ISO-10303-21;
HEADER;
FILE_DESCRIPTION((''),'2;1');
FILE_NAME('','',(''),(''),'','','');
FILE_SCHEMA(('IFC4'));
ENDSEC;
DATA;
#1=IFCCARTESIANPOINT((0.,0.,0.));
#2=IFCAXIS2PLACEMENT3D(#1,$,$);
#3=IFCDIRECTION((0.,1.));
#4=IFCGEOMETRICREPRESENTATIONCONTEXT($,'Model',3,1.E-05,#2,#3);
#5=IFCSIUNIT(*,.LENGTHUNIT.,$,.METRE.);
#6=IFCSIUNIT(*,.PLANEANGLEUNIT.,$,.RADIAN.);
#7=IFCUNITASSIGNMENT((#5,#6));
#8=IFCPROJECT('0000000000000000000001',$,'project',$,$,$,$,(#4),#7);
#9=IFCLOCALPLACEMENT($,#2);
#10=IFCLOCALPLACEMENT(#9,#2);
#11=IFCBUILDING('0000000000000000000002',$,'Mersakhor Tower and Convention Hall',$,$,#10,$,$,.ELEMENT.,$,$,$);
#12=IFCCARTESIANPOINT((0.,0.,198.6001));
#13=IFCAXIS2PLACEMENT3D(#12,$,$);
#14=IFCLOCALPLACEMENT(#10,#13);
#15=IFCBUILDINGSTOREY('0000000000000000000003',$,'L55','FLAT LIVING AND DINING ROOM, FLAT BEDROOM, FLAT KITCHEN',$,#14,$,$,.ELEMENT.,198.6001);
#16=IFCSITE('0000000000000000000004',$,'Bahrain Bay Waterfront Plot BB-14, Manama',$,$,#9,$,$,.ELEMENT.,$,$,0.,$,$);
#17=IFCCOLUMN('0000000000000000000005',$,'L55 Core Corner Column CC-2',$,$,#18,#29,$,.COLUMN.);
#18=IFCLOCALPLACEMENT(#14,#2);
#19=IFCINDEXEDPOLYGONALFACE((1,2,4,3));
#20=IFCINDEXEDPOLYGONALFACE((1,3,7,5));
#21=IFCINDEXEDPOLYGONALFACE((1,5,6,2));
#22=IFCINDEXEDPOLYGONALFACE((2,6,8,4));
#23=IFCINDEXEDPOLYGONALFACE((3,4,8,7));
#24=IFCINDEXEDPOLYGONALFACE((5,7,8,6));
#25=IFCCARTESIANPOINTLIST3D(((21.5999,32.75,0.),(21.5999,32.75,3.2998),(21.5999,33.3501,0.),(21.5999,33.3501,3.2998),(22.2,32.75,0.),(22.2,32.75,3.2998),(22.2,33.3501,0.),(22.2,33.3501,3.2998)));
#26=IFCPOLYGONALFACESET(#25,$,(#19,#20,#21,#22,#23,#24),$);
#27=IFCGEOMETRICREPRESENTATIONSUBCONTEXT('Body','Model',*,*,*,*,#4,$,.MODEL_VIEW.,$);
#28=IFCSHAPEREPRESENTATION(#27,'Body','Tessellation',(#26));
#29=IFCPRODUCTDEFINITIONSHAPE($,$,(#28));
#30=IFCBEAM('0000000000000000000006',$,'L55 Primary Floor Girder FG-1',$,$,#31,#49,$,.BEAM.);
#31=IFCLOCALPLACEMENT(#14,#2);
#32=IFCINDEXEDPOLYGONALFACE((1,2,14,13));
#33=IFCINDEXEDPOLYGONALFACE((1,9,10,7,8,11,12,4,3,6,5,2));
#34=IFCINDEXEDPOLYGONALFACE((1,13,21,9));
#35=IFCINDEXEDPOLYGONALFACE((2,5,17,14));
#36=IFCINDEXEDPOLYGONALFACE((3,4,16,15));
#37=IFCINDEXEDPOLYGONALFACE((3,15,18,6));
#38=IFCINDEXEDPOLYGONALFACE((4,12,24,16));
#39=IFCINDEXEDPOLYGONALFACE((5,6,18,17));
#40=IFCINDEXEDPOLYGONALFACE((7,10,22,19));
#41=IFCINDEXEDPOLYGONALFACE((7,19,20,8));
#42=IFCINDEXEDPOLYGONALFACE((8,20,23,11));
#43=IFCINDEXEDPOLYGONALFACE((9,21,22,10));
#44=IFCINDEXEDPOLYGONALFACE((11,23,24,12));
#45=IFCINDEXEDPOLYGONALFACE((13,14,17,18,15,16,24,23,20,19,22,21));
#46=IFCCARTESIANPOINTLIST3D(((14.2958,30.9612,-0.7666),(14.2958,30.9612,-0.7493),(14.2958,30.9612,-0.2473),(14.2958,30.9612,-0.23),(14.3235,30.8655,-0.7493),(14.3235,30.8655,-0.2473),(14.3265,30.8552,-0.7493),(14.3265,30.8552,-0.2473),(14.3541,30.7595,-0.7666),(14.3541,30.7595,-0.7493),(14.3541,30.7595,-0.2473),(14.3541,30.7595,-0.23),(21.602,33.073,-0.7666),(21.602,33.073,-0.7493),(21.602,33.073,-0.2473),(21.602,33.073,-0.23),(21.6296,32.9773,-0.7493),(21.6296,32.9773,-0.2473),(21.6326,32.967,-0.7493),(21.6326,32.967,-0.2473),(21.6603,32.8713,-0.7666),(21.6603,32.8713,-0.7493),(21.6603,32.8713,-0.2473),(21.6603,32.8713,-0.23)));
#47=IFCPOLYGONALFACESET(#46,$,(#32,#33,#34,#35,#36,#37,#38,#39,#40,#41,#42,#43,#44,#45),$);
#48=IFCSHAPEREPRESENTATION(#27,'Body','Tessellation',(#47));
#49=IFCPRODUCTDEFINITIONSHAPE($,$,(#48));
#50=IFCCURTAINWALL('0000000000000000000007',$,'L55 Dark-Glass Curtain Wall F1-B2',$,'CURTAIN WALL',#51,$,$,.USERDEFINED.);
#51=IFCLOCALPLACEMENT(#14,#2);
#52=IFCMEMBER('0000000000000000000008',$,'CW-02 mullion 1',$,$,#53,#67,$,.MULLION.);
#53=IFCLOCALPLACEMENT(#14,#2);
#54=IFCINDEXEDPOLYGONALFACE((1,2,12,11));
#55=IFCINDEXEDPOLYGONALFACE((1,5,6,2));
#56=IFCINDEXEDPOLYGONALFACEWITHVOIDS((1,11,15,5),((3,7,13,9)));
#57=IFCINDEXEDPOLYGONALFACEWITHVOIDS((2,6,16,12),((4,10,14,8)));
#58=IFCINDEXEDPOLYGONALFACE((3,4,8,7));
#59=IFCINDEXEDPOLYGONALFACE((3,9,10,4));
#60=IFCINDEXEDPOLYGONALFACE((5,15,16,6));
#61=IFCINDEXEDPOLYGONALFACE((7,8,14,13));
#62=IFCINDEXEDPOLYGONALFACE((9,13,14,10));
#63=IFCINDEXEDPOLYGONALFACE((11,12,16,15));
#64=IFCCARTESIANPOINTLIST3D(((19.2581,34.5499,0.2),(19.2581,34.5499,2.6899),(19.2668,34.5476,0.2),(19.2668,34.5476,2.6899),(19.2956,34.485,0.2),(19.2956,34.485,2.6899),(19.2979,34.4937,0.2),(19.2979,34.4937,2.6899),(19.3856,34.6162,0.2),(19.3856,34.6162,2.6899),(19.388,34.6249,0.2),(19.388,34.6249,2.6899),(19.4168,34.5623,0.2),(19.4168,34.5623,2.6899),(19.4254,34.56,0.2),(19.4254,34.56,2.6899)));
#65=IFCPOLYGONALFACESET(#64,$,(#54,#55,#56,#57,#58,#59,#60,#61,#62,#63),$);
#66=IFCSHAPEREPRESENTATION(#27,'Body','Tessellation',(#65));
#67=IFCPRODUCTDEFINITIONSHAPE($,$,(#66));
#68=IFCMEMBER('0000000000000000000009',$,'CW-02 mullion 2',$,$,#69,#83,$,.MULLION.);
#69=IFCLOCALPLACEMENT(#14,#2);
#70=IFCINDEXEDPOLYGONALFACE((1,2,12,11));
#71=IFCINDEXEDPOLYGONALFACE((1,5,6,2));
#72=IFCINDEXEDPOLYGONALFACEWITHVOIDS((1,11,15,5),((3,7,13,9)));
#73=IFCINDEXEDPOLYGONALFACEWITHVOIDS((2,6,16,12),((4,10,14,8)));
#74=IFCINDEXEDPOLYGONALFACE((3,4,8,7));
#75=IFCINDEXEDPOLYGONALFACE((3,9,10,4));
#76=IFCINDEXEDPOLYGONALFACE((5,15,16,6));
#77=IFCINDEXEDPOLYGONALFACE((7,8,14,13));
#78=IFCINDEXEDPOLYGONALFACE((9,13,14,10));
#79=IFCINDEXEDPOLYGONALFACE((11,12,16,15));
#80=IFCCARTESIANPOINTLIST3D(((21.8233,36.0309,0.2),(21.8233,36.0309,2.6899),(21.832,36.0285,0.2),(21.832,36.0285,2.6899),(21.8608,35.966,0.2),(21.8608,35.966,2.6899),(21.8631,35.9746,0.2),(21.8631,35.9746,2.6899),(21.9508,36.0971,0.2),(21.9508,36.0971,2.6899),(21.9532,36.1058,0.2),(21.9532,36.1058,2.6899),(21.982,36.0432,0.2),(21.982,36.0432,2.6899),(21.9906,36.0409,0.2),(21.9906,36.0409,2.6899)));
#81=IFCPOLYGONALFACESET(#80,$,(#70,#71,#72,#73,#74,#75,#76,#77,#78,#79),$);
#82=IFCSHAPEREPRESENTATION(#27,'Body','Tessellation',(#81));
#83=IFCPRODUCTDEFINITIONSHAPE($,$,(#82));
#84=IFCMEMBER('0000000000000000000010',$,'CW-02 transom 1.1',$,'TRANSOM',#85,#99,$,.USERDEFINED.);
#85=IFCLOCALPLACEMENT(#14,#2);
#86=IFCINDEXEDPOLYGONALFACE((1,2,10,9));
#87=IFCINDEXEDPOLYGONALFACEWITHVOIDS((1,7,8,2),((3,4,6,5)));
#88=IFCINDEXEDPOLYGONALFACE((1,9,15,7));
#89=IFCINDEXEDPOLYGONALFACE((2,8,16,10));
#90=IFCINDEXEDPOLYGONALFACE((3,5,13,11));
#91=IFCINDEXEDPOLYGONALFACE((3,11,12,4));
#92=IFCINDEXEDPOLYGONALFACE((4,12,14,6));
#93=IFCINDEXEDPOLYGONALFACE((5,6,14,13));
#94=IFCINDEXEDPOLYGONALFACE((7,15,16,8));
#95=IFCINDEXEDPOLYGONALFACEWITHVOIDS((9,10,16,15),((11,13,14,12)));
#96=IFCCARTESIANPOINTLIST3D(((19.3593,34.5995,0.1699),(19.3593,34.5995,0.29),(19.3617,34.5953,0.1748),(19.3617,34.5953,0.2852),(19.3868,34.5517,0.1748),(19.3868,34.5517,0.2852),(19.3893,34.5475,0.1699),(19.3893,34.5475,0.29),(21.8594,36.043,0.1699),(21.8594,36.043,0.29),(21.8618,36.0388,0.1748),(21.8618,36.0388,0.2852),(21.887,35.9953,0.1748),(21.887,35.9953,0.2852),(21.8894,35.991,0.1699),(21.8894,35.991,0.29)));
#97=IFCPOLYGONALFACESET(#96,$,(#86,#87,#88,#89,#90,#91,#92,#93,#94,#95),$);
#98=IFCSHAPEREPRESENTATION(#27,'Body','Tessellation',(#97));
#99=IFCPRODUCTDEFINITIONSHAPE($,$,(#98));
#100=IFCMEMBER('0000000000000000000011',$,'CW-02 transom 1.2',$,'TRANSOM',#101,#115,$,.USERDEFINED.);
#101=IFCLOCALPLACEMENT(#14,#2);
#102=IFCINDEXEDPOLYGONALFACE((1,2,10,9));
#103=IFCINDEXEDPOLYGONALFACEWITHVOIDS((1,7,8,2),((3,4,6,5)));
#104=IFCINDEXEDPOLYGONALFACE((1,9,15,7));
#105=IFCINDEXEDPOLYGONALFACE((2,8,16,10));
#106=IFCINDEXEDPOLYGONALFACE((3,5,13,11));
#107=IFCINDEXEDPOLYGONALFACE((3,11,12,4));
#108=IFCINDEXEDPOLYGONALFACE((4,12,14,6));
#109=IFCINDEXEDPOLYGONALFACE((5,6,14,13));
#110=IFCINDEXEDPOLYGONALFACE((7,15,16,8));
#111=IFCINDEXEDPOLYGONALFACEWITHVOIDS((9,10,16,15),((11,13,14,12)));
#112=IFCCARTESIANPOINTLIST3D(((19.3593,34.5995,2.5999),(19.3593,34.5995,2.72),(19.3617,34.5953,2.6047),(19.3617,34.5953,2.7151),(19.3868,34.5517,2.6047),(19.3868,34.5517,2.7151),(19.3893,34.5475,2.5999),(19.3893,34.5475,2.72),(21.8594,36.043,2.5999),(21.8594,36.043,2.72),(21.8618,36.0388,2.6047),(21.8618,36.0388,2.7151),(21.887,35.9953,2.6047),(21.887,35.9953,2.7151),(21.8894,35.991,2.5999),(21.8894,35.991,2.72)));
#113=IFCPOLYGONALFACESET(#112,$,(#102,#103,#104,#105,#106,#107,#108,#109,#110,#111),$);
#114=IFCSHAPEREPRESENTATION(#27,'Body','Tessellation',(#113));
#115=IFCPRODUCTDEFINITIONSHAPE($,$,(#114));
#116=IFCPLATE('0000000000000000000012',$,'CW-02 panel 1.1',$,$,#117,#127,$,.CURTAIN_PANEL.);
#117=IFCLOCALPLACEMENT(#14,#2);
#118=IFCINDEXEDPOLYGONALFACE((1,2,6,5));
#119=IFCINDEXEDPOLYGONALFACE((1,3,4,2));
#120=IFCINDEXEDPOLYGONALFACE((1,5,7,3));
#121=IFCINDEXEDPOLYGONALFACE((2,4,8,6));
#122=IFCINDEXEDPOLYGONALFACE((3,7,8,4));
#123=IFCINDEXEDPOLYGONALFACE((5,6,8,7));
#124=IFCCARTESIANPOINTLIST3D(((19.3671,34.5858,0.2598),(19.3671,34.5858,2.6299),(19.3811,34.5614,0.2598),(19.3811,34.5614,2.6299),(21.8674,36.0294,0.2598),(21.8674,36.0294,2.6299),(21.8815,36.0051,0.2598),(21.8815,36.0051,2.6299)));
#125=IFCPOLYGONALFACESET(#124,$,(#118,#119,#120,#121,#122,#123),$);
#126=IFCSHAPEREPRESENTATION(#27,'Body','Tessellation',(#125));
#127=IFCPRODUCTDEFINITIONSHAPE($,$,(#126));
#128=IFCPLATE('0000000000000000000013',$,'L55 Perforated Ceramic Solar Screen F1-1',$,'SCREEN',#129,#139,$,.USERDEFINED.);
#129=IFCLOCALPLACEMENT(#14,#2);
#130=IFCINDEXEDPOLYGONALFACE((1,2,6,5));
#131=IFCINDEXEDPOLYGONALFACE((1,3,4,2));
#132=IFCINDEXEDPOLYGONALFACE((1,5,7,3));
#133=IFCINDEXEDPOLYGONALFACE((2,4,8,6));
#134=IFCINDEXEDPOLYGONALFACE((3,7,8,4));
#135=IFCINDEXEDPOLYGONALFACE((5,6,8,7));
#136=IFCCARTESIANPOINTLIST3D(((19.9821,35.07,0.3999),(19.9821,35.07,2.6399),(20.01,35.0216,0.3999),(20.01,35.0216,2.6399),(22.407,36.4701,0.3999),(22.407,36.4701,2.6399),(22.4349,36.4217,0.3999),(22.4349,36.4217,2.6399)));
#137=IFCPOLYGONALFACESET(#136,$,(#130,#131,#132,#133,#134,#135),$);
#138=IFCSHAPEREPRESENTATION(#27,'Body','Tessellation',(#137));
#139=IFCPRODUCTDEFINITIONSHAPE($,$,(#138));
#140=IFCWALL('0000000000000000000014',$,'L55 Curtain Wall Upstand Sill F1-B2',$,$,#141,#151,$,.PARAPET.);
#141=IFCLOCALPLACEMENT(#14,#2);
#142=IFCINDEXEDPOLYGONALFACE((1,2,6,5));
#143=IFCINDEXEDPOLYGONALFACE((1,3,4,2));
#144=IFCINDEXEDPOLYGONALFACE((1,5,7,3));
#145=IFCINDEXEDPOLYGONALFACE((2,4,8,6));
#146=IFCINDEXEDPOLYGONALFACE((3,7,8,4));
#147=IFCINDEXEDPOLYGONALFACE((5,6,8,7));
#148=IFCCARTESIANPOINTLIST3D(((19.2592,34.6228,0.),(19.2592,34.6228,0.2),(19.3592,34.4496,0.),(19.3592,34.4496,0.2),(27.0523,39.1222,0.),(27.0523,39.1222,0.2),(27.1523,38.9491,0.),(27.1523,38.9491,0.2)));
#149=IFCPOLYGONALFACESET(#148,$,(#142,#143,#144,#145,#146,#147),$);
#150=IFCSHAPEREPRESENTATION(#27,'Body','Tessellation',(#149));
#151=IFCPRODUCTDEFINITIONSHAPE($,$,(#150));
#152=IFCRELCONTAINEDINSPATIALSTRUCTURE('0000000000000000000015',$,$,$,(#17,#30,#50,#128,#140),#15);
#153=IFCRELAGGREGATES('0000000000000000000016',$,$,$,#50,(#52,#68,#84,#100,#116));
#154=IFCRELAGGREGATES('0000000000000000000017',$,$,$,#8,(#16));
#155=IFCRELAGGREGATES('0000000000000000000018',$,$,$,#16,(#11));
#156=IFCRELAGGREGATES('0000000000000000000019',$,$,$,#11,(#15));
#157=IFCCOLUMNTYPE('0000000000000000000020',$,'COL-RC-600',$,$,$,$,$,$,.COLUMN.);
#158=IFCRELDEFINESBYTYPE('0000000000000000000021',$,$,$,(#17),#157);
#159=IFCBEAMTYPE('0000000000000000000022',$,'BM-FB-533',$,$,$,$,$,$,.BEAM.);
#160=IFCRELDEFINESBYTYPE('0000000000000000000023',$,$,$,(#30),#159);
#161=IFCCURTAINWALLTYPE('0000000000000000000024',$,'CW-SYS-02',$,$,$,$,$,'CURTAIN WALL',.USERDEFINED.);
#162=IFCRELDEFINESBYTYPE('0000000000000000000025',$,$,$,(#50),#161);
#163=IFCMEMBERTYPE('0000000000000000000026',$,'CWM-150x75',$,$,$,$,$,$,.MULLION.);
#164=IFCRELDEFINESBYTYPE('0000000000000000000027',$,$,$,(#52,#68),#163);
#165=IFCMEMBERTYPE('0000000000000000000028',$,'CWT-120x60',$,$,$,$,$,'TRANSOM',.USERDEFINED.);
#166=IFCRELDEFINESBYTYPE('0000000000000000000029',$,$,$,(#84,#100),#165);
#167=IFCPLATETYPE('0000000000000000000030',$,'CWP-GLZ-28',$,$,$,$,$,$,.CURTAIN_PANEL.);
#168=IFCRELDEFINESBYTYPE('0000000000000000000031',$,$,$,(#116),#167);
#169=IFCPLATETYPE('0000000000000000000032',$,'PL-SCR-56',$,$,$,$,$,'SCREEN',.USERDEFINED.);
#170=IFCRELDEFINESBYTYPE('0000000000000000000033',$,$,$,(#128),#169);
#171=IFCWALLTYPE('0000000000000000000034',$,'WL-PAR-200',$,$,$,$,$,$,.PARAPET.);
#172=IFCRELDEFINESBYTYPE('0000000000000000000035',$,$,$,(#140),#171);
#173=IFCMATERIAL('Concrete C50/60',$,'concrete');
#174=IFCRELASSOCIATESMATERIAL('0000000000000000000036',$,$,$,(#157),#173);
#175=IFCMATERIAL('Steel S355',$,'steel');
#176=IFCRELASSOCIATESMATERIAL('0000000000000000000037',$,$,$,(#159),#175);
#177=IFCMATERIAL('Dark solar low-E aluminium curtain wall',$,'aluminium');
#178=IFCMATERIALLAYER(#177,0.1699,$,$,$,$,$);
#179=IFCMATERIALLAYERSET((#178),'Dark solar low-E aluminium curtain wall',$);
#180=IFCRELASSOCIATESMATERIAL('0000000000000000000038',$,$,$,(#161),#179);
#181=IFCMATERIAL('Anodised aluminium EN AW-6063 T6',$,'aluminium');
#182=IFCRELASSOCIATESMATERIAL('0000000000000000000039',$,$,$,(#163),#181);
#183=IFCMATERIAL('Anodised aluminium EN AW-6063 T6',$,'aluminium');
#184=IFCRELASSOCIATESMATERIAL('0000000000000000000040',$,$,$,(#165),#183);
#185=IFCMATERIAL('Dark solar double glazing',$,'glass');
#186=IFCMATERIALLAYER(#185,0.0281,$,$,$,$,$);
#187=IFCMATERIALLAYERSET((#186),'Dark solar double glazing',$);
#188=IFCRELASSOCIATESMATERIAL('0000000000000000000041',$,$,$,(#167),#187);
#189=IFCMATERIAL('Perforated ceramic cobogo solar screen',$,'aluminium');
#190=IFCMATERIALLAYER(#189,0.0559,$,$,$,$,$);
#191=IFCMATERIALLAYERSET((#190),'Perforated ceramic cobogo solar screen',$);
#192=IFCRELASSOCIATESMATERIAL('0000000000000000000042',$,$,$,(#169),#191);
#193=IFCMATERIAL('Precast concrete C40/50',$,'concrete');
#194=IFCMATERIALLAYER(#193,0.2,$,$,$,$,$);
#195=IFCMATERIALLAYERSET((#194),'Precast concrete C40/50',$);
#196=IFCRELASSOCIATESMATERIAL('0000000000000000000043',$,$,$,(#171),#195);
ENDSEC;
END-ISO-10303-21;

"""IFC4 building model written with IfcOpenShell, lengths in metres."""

from ifc_helpers import new_model, si_unit, direction, frame, frame_2d, origin, origin_2d, place, context, subcontext, project, spatial, rectangle, hollow_rectangle, i_section, extrude, material, layer, layer_set, material_profile, profile_set, type_object, element, aggregate, save


model = new_model("IFC4")

# Units and contexts
model_context = context("Model", 3, precision=1e-05, world=origin(), true_north=direction((0.0, 1.0)))
body_context = subcontext(model_context, "Body", "Model", "MODEL_VIEW")
ifc_project = project(units=[si_unit("LENGTHUNIT", "METRE"), si_unit("PLANEANGLEUNIT", "RADIAN")], contexts=[model_context])

# Site, building, storey
site_placement = place(None, origin())
site = spatial("IfcSite", under=ifc_project, at=site_placement, Name="Bahrain Bay Waterfront Plot BB-14, Manama", CompositionType="ELEMENT", RefElevation=0.0)
building_placement = place(site_placement, origin())
building = spatial("IfcBuilding", under=site, at=building_placement, Name="Mersakhor Tower and Convention Hall", CompositionType="ELEMENT")
storey_placement = place(building_placement, frame((0.0, 0.0, 198.6001)))
storey = spatial("IfcBuildingStorey", under=building, at=storey_placement, Name="L55", Description="FLAT LIVING AND DINING ROOM, FLAT BEDROOM, FLAT KITCHEN", CompositionType="ELEMENT", Elevation=198.6001)

# Column
ifc_material_1 = material(Name="Concrete C50/60", Category="concrete")
ifc_material_profile_1 = material_profile(ifc_material_1, rectangle(XDim=0.6001, YDim=0.6001, at=origin_2d()), Name="RC 600x600")
ifc_profile_set_1 = profile_set([ifc_material_profile_1], Name="Concrete C50/60")
column_type = type_object("IfcColumnType", Name="COL-RC-600", PredefinedType="COLUMN", material=ifc_profile_set_1)
column_placement = place(storey_placement, frame((21.8999, 33.05, 0.0), z_axis=(0.0, 0.0, 1.0), x_axis=(1.0, 0.0, 0.0)))
element("IfcColumn", 1, at=column_placement, inside=storey, type_object=column_type, Name="L55 Core Corner Column CC-2", PredefinedType="COLUMN", context=body_context, shape_type="SweptSolid", body=[
    extrude(rectangle(XDim=0.6001, YDim=0.6001, at=origin_2d()), origin(), (0.0, 0.0, 1.0), 3.2998),
])

# Beam
ifc_material_2 = material(Name="Steel S355", Category="steel")
ifc_material_profile_2 = material_profile(ifc_material_2, i_section(OverallWidth=0.21, OverallDepth=0.5366, WebThickness=0.0107, FlangeThickness=0.0173, at=origin_2d()), Name="UB 533x210x101")
ifc_profile_set_2 = profile_set([ifc_material_profile_2], Name="Steel S355")
beam_type = type_object("IfcBeamType", Name="BM-FB-533", PredefinedType="BEAM", material=ifc_profile_set_2)
beam_placement = place(storey_placement, frame((21.6311, 32.9722, -0.4983), z_axis=(-0.960674, -0.277679, 0.0), x_axis=(0.277679, -0.960674, 0.0)))
element("IfcBeam", 2, at=beam_placement, inside=storey, type_object=beam_type, Name="L55 Primary Floor Girder FG-1", PredefinedType="BEAM", context=body_context, shape_type="SweptSolid", body=[
    extrude(i_section(OverallWidth=0.21, OverallDepth=0.5366, WebThickness=0.0107, FlangeThickness=0.0173, at=origin_2d()), origin(), (0.0, 0.0, 1.0), 7.6052),
])

# Curtain wall, members, plate
ifc_material_3 = material(Name="Dark solar low-E aluminium curtain wall", Category="aluminium")
ifc_layer_1 = layer(ifc_material_3, 0.1699)
ifc_layer_set_1 = layer_set([ifc_layer_1], Name="Dark solar low-E aluminium curtain wall")
curtain_wall_type = type_object("IfcCurtainWallType", Name="CW-SYS-02", ElementType="CURTAIN WALL", PredefinedType="USERDEFINED", material=ifc_layer_set_1)
curtain_wall_placement = place(storey_placement, origin())
curtain_wall = element("IfcCurtainWall", 3, at=curtain_wall_placement, inside=storey, type_object=curtain_wall_type, Name="L55 Dark-Glass Curtain Wall F1-B2", ObjectType="CURTAIN WALL", PredefinedType="USERDEFINED")
ifc_material_4 = material(Name="Anodised aluminium EN AW-6063 T6", Category="aluminium")
ifc_material_profile_3 = material_profile(ifc_material_4, hollow_rectangle(XDim=0.075, YDim=0.1499, WallThickness=0.0063, at=origin_2d()), Name="RHS 150x75x6.3")
ifc_profile_set_3 = profile_set([ifc_material_profile_3], Name="Anodised aluminium EN AW-6063 T6")
member_type_1 = type_object("IfcMemberType", Name="CWM-150x75", PredefinedType="MULLION", material=ifc_profile_set_3)
member_1_placement = place(storey_placement, frame((19.3418, 34.5549, 0.2), z_axis=(0.0, 0.0, 1.0), x_axis=(-0.500008, 0.866021, 0.0)))
member_1 = element("IfcMember", 4, at=member_1_placement, type_object=member_type_1, Name="CW-02 mullion 1", PredefinedType="MULLION", context=body_context, shape_type="SweptSolid", body=[
    extrude(hollow_rectangle(XDim=0.075, YDim=0.1499, WallThickness=0.0063, at=origin_2d()), origin(), (0.0, 0.0, 1.0), 2.49),
])
member_2_placement = place(storey_placement, frame((21.907, 36.0359, 0.2), z_axis=(0.0, 0.0, 1.0), x_axis=(-0.500008, 0.866021, 0.0)))
member_2 = element("IfcMember", 5, at=member_2_placement, type_object=member_type_1, Name="CW-02 mullion 2", PredefinedType="MULLION", context=body_context, shape_type="SweptSolid", body=[
    extrude(hollow_rectangle(XDim=0.075, YDim=0.1499, WallThickness=0.0063, at=origin_2d()), origin(), (0.0, 0.0, 1.0), 2.49),
])
ifc_material_5 = material(Name="Anodised aluminium EN AW-6063 T6", Category="aluminium")
ifc_material_profile_4 = material_profile(ifc_material_5, hollow_rectangle(XDim=0.0601, YDim=0.1201, WallThickness=0.0049, at=origin_2d()), Name="RHS 120x60x5")
ifc_profile_set_4 = profile_set([ifc_material_profile_4], Name="Anodised aluminium EN AW-6063 T6")
member_type_2 = type_object("IfcMemberType", Name="CWT-120x60", ElementType="TRANSOM", PredefinedType="USERDEFINED", material=ifc_profile_set_4)
member_3_placement = place(storey_placement, frame((19.3743, 34.5735, 0.23), z_axis=(0.866012, 0.500023, 0.0), x_axis=(-0.500023, 0.866012, 0.0)))
member_3 = element("IfcMember", 6, at=member_3_placement, type_object=member_type_2, Name="CW-02 transom 1.1", ObjectType="TRANSOM", PredefinedType="USERDEFINED", context=body_context, shape_type="SweptSolid", body=[
    extrude(hollow_rectangle(XDim=0.0601, YDim=0.1201, WallThickness=0.0049, at=origin_2d()), origin(), (0.0, 0.0, 1.0), 2.887),
])
member_4_placement = place(storey_placement, frame((19.3743, 34.5735, 2.6599), z_axis=(0.866012, 0.500023, 0.0), x_axis=(-0.500023, 0.866012, 0.0)))
member_4 = element("IfcMember", 7, at=member_4_placement, type_object=member_type_2, Name="CW-02 transom 1.2", ObjectType="TRANSOM", PredefinedType="USERDEFINED", context=body_context, shape_type="SweptSolid", body=[
    extrude(hollow_rectangle(XDim=0.0601, YDim=0.1201, WallThickness=0.0049, at=origin_2d()), origin(), (0.0, 0.0, 1.0), 2.887),
])
ifc_material_6 = material(Name="Dark solar double glazing", Category="glass")
ifc_layer_2 = layer(ifc_material_6, 0.0281)
ifc_layer_set_2 = layer_set([ifc_layer_2], Name="Dark solar double glazing")
plate_type_1 = type_object("IfcPlateType", Name="CWP-GLZ-28", PredefinedType="CURTAIN_PANEL", material=ifc_layer_set_2)
plate_1_placement = place(storey_placement, frame((20.6243, 35.2954, 0.2598), z_axis=(0.0, 0.0, 1.0), x_axis=(0.866021, 0.500008, 0.0)))
plate_1 = element("IfcPlate", 8, at=plate_1_placement, type_object=plate_type_1, Name="CW-02 panel 1.1", PredefinedType="CURTAIN_PANEL", context=body_context, shape_type="SweptSolid", body=[
    extrude(rectangle(XDim=2.8872, YDim=0.0281, at=origin_2d()), origin(), (0.0, 0.0, 1.0), 2.3701),
])
aggregate(curtain_wall, [member_1, member_2, member_3, member_4, plate_1])

# Plate
ifc_material_7 = material(Name="Perforated ceramic cobogo solar screen", Category="aluminium")
ifc_layer_3 = layer(ifc_material_7, 0.0559)
ifc_layer_set_3 = layer_set([ifc_layer_3], Name="Perforated ceramic cobogo solar screen")
plate_type_2 = type_object("IfcPlateType", Name="PL-SCR-56", ElementType="SCREEN", PredefinedType="USERDEFINED", material=ifc_layer_set_3)
plate_2_placement = place(storey_placement, frame((21.2085, 35.7458, 0.3999), z_axis=(0.0, 0.0, 1.0), x_axis=(0.866025, 0.5, 0.0)))
element("IfcPlate", 9, at=plate_2_placement, inside=storey, type_object=plate_type_2, Name="L55 Perforated Ceramic Solar Screen F1-1", ObjectType="SCREEN", PredefinedType="USERDEFINED", context=body_context, shape_type="SweptSolid", body=[
    extrude(rectangle(XDim=2.8, YDim=0.0559, at=origin_2d()), origin(), (0.0, 0.0, 1.0), 2.24),
])

# Wall
ifc_material_8 = material(Name="Precast concrete C40/50", Category="concrete")
ifc_layer_4 = layer(ifc_material_8, 0.2)
ifc_layer_set_4 = layer_set([ifc_layer_4], Name="Precast concrete C40/50")
wall_type_1 = type_object("IfcWallType", Name="WL-PAR-200", PredefinedType="PARAPET", material=ifc_layer_set_4)
wall_1_placement = place(storey_placement, frame((19.3091, 34.5361, 0.0), z_axis=(0.0, 0.0, 1.0), x_axis=(0.866021, 0.500008, 0.0)))
element("IfcWall", 10, at=wall_1_placement, inside=storey, type_object=wall_type_1, Name="L55 Curtain Wall Upstand Sill F1-B2", PredefinedType="PARAPET", context=body_context, shape_type="SweptSolid", body=[
    extrude(rectangle(XDim=8.9988, YDim=0.2, at=frame_2d((4.4995, 0.0))), origin(), (0.0, 0.0, 1.0), 0.2),
])

save(model, "model.ifc")
